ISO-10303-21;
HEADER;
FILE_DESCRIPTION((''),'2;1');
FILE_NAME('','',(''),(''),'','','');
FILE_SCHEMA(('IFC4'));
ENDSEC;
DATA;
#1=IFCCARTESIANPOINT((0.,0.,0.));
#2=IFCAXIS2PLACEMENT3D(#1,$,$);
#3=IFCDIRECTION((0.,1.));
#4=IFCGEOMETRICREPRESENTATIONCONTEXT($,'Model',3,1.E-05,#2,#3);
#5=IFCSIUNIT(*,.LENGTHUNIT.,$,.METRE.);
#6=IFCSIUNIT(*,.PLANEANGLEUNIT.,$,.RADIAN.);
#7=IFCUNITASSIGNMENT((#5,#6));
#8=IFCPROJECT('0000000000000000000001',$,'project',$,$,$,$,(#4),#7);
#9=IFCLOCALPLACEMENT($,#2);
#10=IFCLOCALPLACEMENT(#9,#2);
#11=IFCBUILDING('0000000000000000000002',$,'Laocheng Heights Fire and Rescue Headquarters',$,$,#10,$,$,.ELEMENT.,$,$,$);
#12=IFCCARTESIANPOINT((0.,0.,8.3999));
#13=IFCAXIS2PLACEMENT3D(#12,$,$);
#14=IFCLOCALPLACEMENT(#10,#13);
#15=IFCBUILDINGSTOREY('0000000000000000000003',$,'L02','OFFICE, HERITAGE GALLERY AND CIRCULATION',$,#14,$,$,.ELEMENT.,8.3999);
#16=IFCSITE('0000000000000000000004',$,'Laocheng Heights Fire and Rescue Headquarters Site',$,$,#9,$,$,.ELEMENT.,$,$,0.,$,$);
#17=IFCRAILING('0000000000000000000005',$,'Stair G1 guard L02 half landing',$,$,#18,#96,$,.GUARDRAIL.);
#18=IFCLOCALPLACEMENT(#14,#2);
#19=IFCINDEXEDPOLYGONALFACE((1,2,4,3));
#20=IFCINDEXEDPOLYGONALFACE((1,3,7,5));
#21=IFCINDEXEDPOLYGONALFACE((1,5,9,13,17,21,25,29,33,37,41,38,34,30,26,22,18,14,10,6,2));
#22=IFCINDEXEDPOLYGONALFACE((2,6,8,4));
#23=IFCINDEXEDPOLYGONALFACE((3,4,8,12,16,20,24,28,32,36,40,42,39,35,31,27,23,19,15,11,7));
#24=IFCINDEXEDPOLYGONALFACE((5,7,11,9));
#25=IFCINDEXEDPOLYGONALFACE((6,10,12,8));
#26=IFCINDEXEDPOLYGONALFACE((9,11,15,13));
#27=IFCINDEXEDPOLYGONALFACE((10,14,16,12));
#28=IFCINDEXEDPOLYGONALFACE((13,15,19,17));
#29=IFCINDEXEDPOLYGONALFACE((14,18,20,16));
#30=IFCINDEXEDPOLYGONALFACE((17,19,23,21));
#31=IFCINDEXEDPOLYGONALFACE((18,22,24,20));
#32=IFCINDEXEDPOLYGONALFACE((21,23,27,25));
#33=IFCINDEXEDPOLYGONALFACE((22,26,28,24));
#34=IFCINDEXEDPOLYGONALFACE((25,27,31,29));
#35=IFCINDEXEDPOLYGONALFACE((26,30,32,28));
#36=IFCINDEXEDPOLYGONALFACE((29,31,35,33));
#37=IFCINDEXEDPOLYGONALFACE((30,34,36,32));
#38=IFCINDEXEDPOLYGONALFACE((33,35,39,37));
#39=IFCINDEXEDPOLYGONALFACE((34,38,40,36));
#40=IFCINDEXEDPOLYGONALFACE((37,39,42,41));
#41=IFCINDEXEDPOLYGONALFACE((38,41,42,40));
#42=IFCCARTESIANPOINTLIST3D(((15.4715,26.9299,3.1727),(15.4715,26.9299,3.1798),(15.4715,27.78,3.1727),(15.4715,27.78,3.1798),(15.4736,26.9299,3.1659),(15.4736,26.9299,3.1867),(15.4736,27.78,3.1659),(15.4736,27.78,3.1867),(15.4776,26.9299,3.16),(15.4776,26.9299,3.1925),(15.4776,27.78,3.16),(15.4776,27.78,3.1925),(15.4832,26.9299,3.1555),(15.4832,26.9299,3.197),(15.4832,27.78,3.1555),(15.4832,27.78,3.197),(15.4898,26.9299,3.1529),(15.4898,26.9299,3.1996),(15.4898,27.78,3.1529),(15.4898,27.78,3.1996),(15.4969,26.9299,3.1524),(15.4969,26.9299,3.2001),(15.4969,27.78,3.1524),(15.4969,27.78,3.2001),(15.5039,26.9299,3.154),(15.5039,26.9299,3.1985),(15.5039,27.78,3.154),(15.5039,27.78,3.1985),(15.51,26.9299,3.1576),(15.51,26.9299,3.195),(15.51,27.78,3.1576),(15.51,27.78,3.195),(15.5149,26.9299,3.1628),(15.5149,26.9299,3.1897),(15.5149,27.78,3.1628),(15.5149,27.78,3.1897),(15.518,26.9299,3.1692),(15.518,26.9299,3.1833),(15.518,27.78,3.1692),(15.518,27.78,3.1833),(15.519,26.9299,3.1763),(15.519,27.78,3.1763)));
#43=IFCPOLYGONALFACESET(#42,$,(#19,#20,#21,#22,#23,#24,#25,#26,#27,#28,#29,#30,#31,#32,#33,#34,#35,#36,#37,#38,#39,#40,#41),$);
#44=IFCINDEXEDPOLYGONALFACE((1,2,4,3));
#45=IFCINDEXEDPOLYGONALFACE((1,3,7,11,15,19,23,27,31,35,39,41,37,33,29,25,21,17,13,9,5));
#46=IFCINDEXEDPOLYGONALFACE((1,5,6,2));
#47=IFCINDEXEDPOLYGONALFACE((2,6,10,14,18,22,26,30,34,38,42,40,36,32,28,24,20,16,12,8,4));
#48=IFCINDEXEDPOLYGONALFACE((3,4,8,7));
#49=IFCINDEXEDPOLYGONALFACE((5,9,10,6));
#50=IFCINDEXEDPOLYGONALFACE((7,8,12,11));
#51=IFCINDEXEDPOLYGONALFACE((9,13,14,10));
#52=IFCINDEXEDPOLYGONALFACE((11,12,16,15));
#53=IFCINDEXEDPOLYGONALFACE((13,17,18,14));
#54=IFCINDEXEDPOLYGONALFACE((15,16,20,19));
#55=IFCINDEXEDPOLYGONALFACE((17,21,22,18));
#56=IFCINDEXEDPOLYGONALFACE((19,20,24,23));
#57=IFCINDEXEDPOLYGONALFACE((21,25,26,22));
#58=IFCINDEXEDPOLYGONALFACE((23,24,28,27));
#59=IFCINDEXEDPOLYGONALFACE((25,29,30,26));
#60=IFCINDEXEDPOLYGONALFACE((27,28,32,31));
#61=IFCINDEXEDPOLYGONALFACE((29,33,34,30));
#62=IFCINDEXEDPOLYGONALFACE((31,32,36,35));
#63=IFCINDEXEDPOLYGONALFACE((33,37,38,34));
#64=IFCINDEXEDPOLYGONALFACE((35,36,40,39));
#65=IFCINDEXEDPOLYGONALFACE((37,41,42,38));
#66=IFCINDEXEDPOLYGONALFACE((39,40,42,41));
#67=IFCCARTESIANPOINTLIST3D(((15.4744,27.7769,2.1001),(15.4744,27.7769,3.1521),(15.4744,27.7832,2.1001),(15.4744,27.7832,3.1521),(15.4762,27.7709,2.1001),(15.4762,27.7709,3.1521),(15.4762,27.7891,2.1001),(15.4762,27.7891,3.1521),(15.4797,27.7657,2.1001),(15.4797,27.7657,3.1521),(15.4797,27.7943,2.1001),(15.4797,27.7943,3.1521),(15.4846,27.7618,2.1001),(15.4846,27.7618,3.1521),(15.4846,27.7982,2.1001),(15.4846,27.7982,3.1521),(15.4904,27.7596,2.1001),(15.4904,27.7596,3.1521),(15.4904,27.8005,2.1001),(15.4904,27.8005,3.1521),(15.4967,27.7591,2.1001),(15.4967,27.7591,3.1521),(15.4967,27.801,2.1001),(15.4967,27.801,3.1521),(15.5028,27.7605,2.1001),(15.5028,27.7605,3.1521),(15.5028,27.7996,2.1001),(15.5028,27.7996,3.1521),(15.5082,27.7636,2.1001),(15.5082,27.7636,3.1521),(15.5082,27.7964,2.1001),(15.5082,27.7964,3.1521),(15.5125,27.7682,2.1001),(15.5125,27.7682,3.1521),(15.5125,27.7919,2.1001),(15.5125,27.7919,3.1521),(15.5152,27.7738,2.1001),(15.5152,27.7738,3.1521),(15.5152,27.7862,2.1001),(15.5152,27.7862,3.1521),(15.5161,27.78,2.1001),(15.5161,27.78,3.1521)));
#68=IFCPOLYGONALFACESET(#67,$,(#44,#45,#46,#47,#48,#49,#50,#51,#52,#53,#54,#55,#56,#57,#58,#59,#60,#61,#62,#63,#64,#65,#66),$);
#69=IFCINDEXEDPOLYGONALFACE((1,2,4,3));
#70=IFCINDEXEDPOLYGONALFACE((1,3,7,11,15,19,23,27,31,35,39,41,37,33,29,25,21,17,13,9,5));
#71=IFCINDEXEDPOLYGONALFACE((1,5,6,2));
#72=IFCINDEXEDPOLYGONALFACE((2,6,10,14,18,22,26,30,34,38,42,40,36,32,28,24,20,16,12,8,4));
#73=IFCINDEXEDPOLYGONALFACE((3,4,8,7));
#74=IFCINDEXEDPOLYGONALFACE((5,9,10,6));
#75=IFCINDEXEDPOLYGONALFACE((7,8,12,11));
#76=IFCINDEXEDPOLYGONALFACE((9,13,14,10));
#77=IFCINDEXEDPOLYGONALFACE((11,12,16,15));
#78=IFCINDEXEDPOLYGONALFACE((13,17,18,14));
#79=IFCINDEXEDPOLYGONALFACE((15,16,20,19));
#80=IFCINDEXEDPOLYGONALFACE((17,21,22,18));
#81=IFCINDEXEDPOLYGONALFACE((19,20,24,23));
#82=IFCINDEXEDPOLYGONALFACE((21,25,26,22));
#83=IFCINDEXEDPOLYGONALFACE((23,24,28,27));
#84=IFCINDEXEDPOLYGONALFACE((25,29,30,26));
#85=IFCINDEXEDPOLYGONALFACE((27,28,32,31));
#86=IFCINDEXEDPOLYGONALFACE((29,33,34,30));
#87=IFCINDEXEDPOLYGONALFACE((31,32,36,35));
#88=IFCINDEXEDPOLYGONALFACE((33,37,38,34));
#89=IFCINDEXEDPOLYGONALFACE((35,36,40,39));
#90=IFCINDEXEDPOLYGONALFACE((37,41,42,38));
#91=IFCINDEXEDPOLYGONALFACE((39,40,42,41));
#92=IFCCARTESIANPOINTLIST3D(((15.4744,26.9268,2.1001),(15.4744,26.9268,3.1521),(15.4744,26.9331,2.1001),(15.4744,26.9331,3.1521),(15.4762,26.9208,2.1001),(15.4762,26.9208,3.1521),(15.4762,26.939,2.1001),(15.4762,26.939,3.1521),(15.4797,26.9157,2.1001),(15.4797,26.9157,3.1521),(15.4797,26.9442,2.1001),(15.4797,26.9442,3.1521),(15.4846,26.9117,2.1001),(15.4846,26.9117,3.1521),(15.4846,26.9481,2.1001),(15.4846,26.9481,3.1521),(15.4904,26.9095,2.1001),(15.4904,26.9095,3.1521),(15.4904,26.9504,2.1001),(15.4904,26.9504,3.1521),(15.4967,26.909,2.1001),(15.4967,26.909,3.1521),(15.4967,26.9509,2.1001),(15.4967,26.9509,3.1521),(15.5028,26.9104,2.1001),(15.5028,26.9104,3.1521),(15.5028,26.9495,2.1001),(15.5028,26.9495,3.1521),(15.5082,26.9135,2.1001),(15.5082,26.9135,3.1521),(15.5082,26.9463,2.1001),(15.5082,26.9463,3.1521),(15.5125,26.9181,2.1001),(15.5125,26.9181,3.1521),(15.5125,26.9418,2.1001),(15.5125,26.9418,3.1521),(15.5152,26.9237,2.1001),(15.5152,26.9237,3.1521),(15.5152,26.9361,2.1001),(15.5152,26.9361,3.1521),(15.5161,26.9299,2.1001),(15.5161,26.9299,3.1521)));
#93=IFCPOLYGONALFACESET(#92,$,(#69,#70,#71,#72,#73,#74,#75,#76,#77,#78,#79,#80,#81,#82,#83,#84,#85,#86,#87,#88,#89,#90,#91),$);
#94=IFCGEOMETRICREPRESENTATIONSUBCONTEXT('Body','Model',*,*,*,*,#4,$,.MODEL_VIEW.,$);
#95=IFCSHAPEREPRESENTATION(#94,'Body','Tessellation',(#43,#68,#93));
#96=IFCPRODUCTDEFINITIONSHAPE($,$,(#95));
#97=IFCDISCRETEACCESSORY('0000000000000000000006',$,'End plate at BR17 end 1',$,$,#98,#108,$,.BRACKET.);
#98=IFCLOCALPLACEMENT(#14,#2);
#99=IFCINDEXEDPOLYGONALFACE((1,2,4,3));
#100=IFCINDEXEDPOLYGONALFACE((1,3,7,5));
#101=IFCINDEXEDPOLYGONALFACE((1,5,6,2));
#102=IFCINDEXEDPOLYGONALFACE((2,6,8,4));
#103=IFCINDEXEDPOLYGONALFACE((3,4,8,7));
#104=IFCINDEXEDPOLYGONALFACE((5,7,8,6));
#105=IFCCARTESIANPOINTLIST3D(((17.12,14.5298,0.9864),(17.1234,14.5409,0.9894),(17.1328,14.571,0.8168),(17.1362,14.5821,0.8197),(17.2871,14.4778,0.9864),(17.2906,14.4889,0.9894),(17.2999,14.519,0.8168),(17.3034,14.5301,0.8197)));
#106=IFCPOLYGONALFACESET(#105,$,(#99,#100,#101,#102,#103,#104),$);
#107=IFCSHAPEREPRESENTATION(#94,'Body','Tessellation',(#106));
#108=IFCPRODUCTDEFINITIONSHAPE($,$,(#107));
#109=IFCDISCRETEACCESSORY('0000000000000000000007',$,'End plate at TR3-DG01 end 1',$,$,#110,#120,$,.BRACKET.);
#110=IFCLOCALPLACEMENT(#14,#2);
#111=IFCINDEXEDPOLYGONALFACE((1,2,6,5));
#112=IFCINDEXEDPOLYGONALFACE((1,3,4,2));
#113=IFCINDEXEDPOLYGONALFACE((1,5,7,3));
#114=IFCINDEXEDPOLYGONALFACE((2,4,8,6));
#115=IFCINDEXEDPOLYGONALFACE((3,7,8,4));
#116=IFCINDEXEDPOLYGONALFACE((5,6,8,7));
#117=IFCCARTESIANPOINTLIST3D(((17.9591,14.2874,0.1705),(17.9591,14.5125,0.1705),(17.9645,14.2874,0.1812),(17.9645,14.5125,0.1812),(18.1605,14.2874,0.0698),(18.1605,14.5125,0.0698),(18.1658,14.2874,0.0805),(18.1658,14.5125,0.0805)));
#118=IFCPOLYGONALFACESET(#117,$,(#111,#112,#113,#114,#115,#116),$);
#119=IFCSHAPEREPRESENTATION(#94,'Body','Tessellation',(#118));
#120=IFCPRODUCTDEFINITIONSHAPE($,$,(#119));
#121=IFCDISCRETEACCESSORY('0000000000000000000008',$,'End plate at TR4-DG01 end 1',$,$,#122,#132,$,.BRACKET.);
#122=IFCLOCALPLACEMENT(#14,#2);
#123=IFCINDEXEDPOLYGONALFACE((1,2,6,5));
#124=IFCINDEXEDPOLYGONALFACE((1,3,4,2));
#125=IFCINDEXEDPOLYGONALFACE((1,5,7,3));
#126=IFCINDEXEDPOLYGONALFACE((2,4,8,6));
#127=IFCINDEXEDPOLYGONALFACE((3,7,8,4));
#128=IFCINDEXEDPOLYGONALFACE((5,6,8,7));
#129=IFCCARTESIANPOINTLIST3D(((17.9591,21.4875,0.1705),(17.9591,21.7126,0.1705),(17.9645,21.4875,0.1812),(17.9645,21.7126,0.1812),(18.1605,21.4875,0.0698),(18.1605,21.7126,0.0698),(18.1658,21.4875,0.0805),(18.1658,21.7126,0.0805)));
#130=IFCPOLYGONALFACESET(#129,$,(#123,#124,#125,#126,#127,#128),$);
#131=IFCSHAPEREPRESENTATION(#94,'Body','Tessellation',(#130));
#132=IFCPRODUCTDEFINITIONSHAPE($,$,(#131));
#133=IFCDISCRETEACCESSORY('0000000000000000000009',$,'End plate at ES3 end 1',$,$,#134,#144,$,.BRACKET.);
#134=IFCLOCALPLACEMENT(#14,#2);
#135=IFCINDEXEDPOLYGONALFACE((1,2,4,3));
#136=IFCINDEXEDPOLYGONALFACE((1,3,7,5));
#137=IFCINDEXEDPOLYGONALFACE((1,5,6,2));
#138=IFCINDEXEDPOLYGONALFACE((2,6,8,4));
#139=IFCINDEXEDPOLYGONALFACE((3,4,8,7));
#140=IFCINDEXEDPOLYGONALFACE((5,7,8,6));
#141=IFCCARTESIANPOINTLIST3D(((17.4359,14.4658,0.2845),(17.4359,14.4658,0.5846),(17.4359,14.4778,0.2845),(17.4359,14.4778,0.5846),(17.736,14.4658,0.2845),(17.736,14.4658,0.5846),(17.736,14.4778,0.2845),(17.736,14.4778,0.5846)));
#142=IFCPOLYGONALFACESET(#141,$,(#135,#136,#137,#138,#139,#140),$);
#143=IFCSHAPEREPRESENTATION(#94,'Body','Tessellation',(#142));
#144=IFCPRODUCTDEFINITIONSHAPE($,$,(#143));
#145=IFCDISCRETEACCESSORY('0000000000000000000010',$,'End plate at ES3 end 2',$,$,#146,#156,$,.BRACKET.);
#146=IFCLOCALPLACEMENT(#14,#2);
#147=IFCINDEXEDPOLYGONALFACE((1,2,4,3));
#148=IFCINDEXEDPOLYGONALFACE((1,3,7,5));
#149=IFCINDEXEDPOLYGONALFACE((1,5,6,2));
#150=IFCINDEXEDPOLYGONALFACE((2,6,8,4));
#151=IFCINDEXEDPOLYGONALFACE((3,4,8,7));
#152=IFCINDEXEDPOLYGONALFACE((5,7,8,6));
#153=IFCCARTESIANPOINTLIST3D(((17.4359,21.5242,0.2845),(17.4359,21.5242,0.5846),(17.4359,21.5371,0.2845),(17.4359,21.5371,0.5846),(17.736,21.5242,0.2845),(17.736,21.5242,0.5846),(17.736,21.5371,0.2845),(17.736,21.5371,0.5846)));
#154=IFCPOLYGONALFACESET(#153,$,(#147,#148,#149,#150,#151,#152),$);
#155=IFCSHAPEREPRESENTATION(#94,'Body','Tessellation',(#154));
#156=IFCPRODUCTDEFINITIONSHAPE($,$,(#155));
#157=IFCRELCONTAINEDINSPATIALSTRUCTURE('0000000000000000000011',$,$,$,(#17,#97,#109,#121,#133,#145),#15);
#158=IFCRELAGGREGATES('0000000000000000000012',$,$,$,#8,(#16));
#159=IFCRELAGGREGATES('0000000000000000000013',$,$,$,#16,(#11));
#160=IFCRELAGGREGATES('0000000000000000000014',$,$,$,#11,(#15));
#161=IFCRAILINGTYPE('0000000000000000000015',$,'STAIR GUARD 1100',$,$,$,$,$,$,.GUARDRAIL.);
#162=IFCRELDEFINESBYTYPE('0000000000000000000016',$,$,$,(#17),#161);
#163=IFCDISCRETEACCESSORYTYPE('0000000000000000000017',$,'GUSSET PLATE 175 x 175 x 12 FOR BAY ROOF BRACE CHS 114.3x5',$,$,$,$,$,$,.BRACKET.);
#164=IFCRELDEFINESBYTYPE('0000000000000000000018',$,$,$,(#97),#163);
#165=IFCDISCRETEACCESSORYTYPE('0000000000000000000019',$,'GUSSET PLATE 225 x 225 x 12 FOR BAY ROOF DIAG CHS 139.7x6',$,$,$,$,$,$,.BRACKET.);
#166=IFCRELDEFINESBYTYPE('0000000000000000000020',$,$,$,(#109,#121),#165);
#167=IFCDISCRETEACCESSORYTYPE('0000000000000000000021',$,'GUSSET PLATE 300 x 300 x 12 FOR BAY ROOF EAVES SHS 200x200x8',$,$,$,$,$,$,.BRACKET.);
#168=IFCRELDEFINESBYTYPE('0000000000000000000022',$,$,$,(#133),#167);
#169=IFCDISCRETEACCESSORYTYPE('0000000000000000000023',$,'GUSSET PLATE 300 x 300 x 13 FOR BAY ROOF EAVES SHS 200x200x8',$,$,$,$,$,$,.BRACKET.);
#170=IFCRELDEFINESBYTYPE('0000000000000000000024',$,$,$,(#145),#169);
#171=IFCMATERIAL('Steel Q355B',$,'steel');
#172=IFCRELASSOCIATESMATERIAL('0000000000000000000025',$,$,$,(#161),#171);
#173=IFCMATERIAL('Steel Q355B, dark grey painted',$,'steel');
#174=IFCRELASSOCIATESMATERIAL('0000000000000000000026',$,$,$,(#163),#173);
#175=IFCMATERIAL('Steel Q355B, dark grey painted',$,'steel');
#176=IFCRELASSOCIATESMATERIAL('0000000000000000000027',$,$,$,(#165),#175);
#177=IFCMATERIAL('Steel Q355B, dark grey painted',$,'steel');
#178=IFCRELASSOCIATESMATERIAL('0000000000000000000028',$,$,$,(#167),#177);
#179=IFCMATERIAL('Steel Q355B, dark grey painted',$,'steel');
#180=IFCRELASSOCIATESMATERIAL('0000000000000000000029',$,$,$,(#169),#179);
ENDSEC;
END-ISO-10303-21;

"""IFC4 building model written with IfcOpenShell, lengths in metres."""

from ifc_helpers import new_model, si_unit, direction, frame, origin, origin_2d, place, context, subcontext, project, spatial, rectangle, circle, extrude, material, material_profile, profile_set, type_object, element, save


model = new_model("IFC4")

# Units and contexts
model_context = context("Model", 3, precision=1e-05, world=origin(), true_north=direction((0.0, 1.0)))
body_context = subcontext(model_context, "Body", "Model", "MODEL_VIEW")
ifc_project = project(units=[si_unit("LENGTHUNIT", "METRE"), si_unit("PLANEANGLEUNIT", "RADIAN")], contexts=[model_context])

# Site, building, storey
site_placement = place(None, origin())
site = spatial("IfcSite", under=ifc_project, at=site_placement, Name="Laocheng Heights Fire and Rescue Headquarters Site", CompositionType="ELEMENT", RefElevation=0.0)
building_placement = place(site_placement, origin())
building = spatial("IfcBuilding", under=site, at=building_placement, Name="Laocheng Heights Fire and Rescue Headquarters", CompositionType="ELEMENT")
storey_placement = place(building_placement, frame((0.0, 0.0, 8.3999)))
storey = spatial("IfcBuildingStorey", under=building, at=storey_placement, Name="L02", Description="OFFICE, HERITAGE GALLERY AND CIRCULATION", CompositionType="ELEMENT", Elevation=8.3999)

# Railing
ifc_material_1 = material(Name="Steel Q355B", Category="steel")
railing_type_1 = type_object("IfcRailingType", Name="STAIR GUARD 1100", PredefinedType="GUARDRAIL", material=ifc_material_1)
railing_1_placement = place(storey_placement, frame((15.4951, 27.78, 2.1001)))
element("IfcRailing", 1, at=railing_1_placement, inside=storey, type_object=railing_type_1, Name="Stair G1 guard L02 half landing", PredefinedType="GUARDRAIL", context=body_context, shape_type="SweptSolid", body=[
    extrude(circle(Radius=0.0239, at=origin_2d()), frame((0.0, 0.0, 1.0762), z_axis=(0.0, -1.0, 0.0), x_axis=(1.0, 0.0, 0.0)), (0.0, 0.0, 1.0), 0.8501),
    extrude(circle(Radius=0.021, at=origin_2d()), origin(), (0.0, 0.0, 1.0), 1.052),
    extrude(circle(Radius=0.021, at=origin_2d()), frame((0.0, -0.8501, 0.0)), (0.0, 0.0, 1.0), 1.052),
])

# Discrete accessories
ifc_material_2 = material(Name="Steel Q355B, dark grey painted", Category="steel")
ifc_material_profile_1 = material_profile(ifc_material_2, rectangle(XDim=0.175, YDim=0.175, at=origin_2d()), Name="GUSSET PLATE 175 x 175 x 12 FOR BAY ROOF BRACE CHS 114.3x5")
ifc_profile_set_1 = profile_set([ifc_material_profile_1], Name="Steel Q355B, dark grey painted")
discrete_accessory_type_1 = type_object("IfcDiscreteAccessoryType", Name="GUSSET PLATE 175 x 175 x 12 FOR BAY ROOF BRACE CHS 114.3x5", PredefinedType="BRACKET", material=ifc_profile_set_1)
discrete_accessory_1_placement = place(storey_placement, frame((17.21, 14.5244, 0.9016), z_axis=(0.287881, 0.925331, 0.246755), x_axis=(-0.954857, 0.297067, 0.0)))
element("IfcDiscreteAccessory", 2, at=discrete_accessory_1_placement, inside=storey, type_object=discrete_accessory_type_1, Name="End plate at BR17 end 1", PredefinedType="BRACKET", context=body_context, shape_type="SweptSolid", body=[
    extrude(rectangle(XDim=0.175, YDim=0.175, at=origin_2d()), origin(), (0.0, 0.0, 1.0), 0.012),
])
ifc_material_3 = material(Name="Steel Q355B, dark grey painted", Category="steel")
ifc_material_profile_2 = material_profile(ifc_material_3, rectangle(XDim=0.2251, YDim=0.2251, at=origin_2d()), Name="GUSSET PLATE 225 x 225 x 12 FOR BAY ROOF DIAG CHS 139.7x6")
ifc_profile_set_2 = profile_set([ifc_material_profile_2], Name="Steel Q355B, dark grey painted")
discrete_accessory_type_2 = type_object("IfcDiscreteAccessoryType", Name="GUSSET PLATE 225 x 225 x 12 FOR BAY ROOF DIAG CHS 139.7x6", PredefinedType="BRACKET", material=ifc_profile_set_2)
for number, where, z_axis, x_axis, name in (
    (3, (18.0598, 14.3999, 0.1201), (0.447214, 0.0, 0.894427), (0.0, 1.0, 0.0), "End plate at TR3-DG01 end 1"),
    (4, (18.0598, 21.6001, 0.1201), (0.447214, 0.0, 0.894427), (0.0, 1.0, 0.0), "End plate at TR4-DG01 end 1"),
):
    element("IfcDiscreteAccessory", number, at=place(storey_placement, frame(where, z_axis=z_axis, x_axis=x_axis)), inside=storey, type_object=discrete_accessory_type_2, Name=name, PredefinedType="BRACKET", context=body_context, shape_type="SweptSolid", body=[
        extrude(rectangle(XDim=0.2251, YDim=0.2251, at=origin_2d()), origin(), (0.0, 0.0, 1.0), 0.012),
    ])
ifc_material_4 = material(Name="Steel Q355B, dark grey painted", Category="steel")
ifc_material_profile_3 = material_profile(ifc_material_4, rectangle(XDim=0.3, YDim=0.3, at=origin_2d()), Name="GUSSET PLATE 300 x 300 x 12 FOR BAY ROOF EAVES SHS 200x200x8")
ifc_profile_set_3 = profile_set([ifc_material_profile_3], Name="Steel Q355B, dark grey painted")
discrete_accessory_type_3 = type_object("IfcDiscreteAccessoryType", Name="GUSSET PLATE 300 x 300 x 12 FOR BAY ROOF EAVES SHS 200x200x8", PredefinedType="BRACKET", material=ifc_profile_set_3)
discrete_accessory_2_placement = place(storey_placement, frame((17.5859, 14.4658, 0.4346), z_axis=(0.0, 1.0, 0.0), x_axis=(-1.0, 0.0, 0.0)))
element("IfcDiscreteAccessory", 5, at=discrete_accessory_2_placement, inside=storey, type_object=discrete_accessory_type_3, Name="End plate at ES3 end 1", PredefinedType="BRACKET", context=body_context, shape_type="SweptSolid", body=[
    extrude(rectangle(XDim=0.3, YDim=0.3, at=origin_2d()), origin(), (0.0, 0.0, 1.0), 0.012),
])
ifc_material_5 = material(Name="Steel Q355B, dark grey painted", Category="steel")
ifc_material_profile_4 = material_profile(ifc_material_5, rectangle(XDim=0.3, YDim=0.3, at=origin_2d()), Name="GUSSET PLATE 300 x 300 x 13 FOR BAY ROOF EAVES SHS 200x200x8")
ifc_profile_set_4 = profile_set([ifc_material_profile_4], Name="Steel Q355B, dark grey painted")
discrete_accessory_type_4 = type_object("IfcDiscreteAccessoryType", Name="GUSSET PLATE 300 x 300 x 13 FOR BAY ROOF EAVES SHS 200x200x8", PredefinedType="BRACKET", material=ifc_profile_set_4)
discrete_accessory_3_placement = place(storey_placement, frame((17.5859, 21.5242, 0.4346), z_axis=(0.0, 1.0, 0.0), x_axis=(-1.0, 0.0, 0.0)))
element("IfcDiscreteAccessory", 6, at=discrete_accessory_3_placement, inside=storey, type_object=discrete_accessory_type_4, Name="End plate at ES3 end 2", PredefinedType="BRACKET", context=body_context, shape_type="SweptSolid", body=[
    extrude(rectangle(XDim=0.3, YDim=0.3, at=origin_2d()), origin(), (0.0, 0.0, 1.0), 0.0129),
])

save(model, "model.ifc")
